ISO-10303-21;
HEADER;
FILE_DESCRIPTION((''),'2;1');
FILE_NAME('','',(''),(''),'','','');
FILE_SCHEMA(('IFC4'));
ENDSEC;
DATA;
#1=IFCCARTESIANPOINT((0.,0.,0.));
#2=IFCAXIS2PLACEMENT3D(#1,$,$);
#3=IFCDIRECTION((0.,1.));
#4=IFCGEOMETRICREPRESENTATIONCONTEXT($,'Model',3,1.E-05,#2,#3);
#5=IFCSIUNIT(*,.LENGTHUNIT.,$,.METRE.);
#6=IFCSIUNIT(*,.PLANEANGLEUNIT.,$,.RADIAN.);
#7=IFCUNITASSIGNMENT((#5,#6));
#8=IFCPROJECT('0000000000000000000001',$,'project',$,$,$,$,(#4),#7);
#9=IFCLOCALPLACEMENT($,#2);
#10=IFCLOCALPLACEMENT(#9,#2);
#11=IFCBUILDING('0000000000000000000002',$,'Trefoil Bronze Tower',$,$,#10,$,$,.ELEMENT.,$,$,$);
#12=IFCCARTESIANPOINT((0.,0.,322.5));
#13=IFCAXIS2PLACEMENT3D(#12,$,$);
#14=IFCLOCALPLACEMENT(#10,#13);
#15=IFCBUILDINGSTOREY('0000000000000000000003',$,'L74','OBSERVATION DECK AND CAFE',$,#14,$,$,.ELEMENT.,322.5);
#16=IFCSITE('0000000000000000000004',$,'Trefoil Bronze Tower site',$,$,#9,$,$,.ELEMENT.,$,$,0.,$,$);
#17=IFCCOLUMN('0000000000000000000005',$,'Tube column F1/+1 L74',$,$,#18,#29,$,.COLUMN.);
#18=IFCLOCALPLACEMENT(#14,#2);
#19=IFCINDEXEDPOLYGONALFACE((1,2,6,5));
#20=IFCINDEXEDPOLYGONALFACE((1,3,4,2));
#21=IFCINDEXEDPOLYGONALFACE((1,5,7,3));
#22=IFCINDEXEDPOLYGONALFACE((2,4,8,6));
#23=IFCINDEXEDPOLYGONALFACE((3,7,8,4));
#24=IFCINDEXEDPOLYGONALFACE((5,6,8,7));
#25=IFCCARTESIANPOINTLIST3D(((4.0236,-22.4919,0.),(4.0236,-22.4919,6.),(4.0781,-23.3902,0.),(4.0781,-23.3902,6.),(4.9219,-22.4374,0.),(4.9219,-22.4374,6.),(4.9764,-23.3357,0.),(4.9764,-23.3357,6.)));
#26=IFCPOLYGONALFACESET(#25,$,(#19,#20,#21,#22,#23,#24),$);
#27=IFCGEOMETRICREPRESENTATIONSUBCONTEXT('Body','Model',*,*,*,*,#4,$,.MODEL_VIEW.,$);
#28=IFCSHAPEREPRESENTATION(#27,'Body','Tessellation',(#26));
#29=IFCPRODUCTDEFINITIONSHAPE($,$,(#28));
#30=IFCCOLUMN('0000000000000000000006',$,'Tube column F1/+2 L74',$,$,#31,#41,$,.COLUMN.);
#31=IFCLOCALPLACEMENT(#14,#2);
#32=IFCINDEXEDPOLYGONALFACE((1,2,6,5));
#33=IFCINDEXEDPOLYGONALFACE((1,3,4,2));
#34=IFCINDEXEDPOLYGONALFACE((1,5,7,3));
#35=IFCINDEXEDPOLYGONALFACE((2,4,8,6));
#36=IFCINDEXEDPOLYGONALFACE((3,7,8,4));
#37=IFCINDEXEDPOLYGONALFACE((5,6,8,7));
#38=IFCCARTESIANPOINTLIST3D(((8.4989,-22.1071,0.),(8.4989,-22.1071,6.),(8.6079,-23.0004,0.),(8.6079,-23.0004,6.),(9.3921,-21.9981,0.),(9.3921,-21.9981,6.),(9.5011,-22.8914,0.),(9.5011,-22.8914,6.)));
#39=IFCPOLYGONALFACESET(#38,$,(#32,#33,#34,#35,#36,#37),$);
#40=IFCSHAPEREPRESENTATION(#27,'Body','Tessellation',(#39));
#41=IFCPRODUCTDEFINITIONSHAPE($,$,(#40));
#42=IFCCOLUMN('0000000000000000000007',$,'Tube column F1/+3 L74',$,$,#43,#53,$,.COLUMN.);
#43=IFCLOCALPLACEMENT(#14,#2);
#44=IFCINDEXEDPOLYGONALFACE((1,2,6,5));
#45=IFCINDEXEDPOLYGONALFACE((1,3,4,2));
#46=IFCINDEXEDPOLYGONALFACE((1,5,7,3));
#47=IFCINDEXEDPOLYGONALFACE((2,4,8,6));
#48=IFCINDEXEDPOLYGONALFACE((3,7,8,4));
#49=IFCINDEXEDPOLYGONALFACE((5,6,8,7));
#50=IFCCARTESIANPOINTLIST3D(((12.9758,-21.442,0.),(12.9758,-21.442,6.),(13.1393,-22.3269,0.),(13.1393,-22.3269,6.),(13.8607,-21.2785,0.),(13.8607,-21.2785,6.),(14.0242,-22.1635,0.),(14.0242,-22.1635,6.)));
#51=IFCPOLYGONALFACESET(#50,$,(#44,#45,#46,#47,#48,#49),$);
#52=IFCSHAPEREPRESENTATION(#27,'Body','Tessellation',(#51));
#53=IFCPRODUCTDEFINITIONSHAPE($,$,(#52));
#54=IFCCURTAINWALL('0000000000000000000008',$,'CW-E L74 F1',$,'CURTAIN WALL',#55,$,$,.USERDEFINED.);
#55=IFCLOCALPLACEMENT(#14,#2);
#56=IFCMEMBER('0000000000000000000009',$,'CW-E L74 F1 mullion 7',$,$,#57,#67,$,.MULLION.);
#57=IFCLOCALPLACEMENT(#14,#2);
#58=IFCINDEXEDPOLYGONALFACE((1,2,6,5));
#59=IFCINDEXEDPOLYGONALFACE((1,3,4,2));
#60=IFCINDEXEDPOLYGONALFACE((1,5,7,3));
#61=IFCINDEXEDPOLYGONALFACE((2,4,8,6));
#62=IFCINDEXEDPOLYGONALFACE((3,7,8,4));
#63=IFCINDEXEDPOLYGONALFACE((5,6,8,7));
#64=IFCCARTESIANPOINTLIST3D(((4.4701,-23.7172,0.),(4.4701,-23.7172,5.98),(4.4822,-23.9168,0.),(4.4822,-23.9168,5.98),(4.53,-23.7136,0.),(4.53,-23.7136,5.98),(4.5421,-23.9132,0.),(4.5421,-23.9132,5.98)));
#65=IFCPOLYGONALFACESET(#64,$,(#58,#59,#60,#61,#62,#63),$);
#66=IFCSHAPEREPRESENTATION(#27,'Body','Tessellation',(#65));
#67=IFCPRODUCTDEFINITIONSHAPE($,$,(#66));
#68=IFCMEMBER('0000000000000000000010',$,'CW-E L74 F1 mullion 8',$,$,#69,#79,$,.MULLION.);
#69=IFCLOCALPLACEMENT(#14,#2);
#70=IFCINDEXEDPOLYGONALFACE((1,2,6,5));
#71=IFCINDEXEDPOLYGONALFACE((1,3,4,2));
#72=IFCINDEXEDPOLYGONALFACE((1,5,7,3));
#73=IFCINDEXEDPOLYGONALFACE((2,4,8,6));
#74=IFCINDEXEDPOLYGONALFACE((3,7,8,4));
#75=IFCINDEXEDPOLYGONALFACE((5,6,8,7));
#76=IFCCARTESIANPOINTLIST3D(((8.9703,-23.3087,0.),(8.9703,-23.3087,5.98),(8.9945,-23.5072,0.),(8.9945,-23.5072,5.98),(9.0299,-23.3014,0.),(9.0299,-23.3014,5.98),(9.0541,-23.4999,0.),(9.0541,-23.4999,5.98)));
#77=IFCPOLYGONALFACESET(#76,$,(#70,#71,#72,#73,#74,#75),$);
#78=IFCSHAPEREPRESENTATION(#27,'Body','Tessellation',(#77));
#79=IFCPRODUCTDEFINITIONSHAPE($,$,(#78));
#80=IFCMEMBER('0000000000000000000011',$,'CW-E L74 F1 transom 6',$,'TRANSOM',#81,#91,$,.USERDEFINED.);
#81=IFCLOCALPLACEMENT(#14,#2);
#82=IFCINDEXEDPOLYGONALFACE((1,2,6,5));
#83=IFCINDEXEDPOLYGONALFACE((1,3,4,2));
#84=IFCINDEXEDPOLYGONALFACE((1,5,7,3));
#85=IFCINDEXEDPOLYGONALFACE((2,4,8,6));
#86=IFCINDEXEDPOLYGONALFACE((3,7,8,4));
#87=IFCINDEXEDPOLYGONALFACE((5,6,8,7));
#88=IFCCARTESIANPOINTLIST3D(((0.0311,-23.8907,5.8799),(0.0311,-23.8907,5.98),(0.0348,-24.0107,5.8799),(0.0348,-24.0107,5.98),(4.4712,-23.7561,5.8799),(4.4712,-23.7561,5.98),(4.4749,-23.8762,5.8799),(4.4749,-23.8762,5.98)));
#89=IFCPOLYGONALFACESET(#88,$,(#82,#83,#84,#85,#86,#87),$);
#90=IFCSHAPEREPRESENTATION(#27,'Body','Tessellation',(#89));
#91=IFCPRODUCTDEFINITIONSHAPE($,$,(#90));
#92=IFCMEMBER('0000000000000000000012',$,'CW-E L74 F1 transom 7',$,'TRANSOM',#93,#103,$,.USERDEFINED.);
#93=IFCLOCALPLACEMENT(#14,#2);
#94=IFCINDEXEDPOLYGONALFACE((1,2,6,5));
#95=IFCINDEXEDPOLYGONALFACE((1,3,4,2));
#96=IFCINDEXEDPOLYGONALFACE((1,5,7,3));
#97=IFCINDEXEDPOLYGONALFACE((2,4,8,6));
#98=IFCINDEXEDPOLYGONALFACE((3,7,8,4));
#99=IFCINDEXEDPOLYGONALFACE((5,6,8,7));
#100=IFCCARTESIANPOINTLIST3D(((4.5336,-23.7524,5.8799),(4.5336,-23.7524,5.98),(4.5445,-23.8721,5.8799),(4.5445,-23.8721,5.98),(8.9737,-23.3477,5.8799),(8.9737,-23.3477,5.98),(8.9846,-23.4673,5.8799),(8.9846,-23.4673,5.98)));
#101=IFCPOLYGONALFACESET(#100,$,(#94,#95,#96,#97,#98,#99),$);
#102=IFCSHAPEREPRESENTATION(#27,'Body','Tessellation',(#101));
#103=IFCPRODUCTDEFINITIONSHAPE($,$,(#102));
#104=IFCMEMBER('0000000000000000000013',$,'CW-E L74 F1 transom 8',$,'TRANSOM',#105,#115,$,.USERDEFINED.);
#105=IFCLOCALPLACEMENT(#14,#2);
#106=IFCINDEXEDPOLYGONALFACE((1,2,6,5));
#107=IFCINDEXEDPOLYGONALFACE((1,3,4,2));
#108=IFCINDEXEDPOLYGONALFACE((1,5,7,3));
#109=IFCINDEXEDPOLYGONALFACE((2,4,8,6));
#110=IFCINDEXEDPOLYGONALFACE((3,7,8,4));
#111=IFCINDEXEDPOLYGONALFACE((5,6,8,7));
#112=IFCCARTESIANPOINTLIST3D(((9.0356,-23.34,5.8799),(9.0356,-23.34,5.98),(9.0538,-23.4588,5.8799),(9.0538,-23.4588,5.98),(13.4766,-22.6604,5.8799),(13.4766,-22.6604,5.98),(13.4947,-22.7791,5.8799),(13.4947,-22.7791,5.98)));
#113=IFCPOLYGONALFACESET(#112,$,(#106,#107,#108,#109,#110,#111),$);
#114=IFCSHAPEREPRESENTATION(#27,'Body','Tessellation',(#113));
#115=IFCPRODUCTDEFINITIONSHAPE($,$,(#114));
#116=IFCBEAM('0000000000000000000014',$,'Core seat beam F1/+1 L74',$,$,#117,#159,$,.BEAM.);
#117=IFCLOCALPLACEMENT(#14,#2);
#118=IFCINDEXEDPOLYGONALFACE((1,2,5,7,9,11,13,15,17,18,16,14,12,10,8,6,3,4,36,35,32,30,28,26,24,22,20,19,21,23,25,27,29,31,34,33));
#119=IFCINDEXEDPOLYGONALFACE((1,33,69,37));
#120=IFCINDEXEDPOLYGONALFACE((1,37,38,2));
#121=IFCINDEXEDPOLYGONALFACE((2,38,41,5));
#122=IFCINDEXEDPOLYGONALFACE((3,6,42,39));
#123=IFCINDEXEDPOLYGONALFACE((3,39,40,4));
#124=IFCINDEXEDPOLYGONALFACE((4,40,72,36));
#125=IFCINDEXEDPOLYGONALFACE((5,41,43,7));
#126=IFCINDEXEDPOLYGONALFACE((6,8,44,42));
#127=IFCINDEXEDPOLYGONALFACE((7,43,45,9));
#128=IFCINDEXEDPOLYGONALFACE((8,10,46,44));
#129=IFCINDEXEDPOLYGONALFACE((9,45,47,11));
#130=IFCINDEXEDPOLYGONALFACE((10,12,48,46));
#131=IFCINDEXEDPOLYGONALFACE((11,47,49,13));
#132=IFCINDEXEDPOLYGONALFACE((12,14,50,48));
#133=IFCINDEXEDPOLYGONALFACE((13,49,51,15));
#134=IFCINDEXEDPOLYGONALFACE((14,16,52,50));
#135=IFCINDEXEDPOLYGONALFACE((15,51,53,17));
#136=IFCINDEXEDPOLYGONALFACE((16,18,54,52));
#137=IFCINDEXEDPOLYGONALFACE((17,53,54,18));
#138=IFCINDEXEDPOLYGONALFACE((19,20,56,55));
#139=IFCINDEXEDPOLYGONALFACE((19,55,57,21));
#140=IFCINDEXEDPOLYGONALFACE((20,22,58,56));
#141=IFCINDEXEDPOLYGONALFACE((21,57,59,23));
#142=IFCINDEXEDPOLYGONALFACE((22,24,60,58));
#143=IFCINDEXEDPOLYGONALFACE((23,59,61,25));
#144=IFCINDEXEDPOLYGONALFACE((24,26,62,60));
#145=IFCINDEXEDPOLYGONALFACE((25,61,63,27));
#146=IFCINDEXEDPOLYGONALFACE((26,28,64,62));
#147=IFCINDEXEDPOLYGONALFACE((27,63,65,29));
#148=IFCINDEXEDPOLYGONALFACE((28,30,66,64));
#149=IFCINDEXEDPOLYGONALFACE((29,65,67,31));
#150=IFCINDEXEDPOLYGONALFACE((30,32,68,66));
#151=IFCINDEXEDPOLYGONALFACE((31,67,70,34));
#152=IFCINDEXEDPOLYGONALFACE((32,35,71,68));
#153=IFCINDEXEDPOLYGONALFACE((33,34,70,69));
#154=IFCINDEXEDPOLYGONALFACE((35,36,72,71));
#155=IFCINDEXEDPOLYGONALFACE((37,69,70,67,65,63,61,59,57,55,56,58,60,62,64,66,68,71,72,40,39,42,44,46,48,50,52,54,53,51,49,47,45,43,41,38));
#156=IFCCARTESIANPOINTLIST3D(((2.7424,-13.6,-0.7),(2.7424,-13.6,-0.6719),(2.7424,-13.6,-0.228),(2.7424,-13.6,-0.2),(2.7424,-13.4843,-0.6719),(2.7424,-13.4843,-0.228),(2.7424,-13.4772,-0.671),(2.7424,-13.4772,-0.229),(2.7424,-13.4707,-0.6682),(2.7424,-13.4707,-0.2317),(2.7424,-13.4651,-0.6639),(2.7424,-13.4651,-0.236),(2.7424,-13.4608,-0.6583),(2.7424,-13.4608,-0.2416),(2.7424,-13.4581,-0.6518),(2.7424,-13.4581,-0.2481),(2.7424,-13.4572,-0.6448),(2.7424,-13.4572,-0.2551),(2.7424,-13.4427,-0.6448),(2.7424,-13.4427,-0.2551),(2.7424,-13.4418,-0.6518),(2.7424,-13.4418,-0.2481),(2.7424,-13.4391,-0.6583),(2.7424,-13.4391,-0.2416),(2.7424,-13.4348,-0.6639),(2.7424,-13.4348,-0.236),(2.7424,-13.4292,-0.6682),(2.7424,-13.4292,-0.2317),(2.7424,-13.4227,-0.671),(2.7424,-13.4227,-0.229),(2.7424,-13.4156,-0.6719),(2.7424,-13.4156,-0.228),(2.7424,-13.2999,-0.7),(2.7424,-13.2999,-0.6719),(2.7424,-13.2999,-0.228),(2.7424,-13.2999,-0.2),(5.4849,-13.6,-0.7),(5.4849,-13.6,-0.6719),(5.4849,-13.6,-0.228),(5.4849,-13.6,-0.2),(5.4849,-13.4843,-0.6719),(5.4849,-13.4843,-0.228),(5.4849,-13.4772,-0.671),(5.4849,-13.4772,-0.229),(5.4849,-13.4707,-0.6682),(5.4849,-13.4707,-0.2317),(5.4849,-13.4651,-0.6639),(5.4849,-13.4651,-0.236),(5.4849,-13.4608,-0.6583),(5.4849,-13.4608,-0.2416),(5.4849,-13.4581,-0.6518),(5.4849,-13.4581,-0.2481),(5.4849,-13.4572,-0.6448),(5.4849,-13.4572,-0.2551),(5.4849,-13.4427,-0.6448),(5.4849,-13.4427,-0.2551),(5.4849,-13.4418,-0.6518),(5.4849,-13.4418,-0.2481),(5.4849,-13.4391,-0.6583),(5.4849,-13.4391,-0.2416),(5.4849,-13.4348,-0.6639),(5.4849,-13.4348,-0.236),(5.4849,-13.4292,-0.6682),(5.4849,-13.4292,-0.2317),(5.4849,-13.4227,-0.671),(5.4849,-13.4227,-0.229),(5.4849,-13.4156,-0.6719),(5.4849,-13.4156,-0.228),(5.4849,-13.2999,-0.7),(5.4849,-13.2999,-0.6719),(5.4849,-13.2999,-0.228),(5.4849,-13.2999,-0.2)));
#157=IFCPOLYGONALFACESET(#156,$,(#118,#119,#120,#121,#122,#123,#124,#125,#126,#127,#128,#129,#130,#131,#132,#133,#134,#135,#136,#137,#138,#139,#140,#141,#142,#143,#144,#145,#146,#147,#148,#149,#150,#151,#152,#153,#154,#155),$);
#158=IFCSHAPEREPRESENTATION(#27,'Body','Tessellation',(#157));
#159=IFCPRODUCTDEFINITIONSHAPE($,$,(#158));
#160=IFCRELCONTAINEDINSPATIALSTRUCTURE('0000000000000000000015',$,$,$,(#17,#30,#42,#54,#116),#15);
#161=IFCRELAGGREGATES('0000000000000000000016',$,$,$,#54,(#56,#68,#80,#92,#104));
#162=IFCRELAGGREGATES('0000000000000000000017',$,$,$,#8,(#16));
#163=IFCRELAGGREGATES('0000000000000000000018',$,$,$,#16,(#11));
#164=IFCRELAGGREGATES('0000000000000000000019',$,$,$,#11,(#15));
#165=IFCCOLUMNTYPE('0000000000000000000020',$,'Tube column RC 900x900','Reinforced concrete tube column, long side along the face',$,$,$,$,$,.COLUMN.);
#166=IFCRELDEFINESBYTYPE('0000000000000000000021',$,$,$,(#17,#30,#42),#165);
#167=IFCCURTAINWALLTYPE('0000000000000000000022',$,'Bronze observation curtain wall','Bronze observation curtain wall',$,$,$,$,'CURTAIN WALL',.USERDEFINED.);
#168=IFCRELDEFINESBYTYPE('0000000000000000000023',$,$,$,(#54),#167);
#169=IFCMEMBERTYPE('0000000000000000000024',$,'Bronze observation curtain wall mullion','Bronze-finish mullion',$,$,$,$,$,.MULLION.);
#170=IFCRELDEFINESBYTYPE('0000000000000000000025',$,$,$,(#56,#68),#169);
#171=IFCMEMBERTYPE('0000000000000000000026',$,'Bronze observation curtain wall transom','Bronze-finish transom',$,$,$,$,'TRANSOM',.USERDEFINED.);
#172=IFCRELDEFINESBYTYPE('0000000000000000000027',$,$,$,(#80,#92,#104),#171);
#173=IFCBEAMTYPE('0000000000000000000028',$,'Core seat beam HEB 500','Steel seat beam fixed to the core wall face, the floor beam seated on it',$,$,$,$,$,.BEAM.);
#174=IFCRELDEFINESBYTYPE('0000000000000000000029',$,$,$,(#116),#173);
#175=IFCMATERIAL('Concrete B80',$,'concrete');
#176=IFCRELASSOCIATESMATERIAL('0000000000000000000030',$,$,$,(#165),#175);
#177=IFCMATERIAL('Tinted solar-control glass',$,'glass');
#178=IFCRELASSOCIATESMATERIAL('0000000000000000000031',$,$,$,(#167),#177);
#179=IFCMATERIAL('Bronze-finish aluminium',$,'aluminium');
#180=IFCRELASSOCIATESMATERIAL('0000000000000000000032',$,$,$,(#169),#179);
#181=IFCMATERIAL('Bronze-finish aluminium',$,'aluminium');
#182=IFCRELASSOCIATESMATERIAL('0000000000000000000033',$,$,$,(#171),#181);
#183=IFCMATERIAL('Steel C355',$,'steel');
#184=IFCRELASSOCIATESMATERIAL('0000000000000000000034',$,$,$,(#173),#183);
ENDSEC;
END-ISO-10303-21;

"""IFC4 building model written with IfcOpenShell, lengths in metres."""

from ifc_helpers import new_model, si_unit, direction, frame, origin, origin_2d, place, context, subcontext, project, spatial, rectangle, i_section, extrude, material, material_profile, profile_set, type_object, element, aggregate, save


model = new_model("IFC4")

# Units and contexts
model_context = context("Model", 3, precision=1e-05, world=origin(), true_north=direction((0.0, 1.0)))
body_context = subcontext(model_context, "Body", "Model", "MODEL_VIEW")
ifc_project = project(units=[si_unit("LENGTHUNIT", "METRE"), si_unit("PLANEANGLEUNIT", "RADIAN")], contexts=[model_context])

# Site, building, storey
site_placement = place(None, origin())
site = spatial("IfcSite", under=ifc_project, at=site_placement, Name="Trefoil Bronze Tower site", CompositionType="ELEMENT", RefElevation=0.0)
building_placement = place(site_placement, origin())
building = spatial("IfcBuilding", under=site, at=building_placement, Name="Trefoil Bronze Tower", CompositionType="ELEMENT")
storey_placement = place(building_placement, frame((0.0, 0.0, 322.5)))
storey = spatial("IfcBuildingStorey", under=building, at=storey_placement, Name="L74", Description="OBSERVATION DECK AND CAFE", CompositionType="ELEMENT", Elevation=322.5)

# Columns
ifc_material_1 = material(Name="Concrete B80", Category="concrete")
ifc_material_profile_1 = material_profile(ifc_material_1, rectangle(XDim=0.8999, YDim=0.8999, at=origin_2d()), Name="RC 900x900")
ifc_profile_set_1 = profile_set([ifc_material_profile_1], Name="Concrete B80")
column_type = type_object("IfcColumnType", Name="Tube column RC 900x900", Description="Reinforced concrete tube column, long side along the face", PredefinedType="COLUMN", material=ifc_profile_set_1)
for number, where, z_axis, x_axis, name in (
    (1, (4.5, -22.9138, 0.0), (0.0, 0.0, 1.0), (0.998165, 0.060554, 0.0), "Tube column F1/+1 L74"),
    (2, (9.0, -22.4993, 0.0), (0.0, 0.0, 1.0), (0.992639, 0.121109, 0.0), "Tube column F1/+2 L74"),
    (3, (13.5, -21.8027, 0.0), (0.0, 0.0, 1.0), (0.98336, 0.181667, 0.0), "Tube column F1/+3 L74"),
):
    element("IfcColumn", number, at=place(storey_placement, frame(where, z_axis=z_axis, x_axis=x_axis)), inside=storey, type_object=column_type, Name=name, PredefinedType="COLUMN", context=body_context, shape_type="SweptSolid", body=[
        extrude(rectangle(XDim=0.8999, YDim=0.8999, at=origin_2d()), origin(), (0.0, 0.0, 1.0), 6.0),
    ])

# Curtain wall, members
ifc_material_2 = material(Name="Tinted solar-control glass", Category="glass")
curtain_wall_type = type_object("IfcCurtainWallType", Name="Bronze observation curtain wall", Description="Bronze observation curtain wall", ElementType="CURTAIN WALL", PredefinedType="USERDEFINED", material=ifc_material_2)
curtain_wall_placement = place(storey_placement, origin())
curtain_wall = element("IfcCurtainWall", 4, at=curtain_wall_placement, inside=storey, type_object=curtain_wall_type, Name="CW-E L74 F1", ObjectType="CURTAIN WALL", PredefinedType="USERDEFINED")
ifc_material_3 = material(Name="Bronze-finish aluminium", Category="aluminium")
ifc_material_profile_2 = material_profile(ifc_material_3, rectangle(XDim=0.2, YDim=0.0601, at=origin_2d()), Name="CW-E mullion")
ifc_profile_set_2 = profile_set([ifc_material_profile_2], Name="Bronze-finish aluminium")
member_type_1 = type_object("IfcMemberType", Name="Bronze observation curtain wall mullion", Description="Bronze-finish mullion", PredefinedType="MULLION", material=ifc_profile_set_2)
member_1_placement = place(storey_placement, frame((4.5061, -23.8152, 0.0), z_axis=(0.0, 0.0, 1.0), x_axis=(-0.060554, 0.998165, 0.0)))
member_1 = element("IfcMember", 5, at=member_1_placement, type_object=member_type_1, Name="CW-E L74 F1 mullion 7", PredefinedType="MULLION", context=body_context, shape_type="SweptSolid", body=[
    extrude(rectangle(XDim=0.2, YDim=0.0601, at=origin_2d()), origin(), (0.0, 0.0, 1.0), 5.98),
])
member_2_placement = place(storey_placement, frame((9.0122, -23.4043, 0.0), z_axis=(0.0, 0.0, 1.0), x_axis=(-0.121109, 0.992639, 0.0)))
member_2 = element("IfcMember", 6, at=member_2_placement, type_object=member_type_1, Name="CW-E L74 F1 mullion 8", PredefinedType="MULLION", context=body_context, shape_type="SweptSolid", body=[
    extrude(rectangle(XDim=0.2, YDim=0.0601, at=origin_2d()), origin(), (0.0, 0.0, 1.0), 5.98),
])
ifc_material_4 = material(Name="Bronze-finish aluminium", Category="aluminium")
ifc_material_profile_3 = material_profile(ifc_material_4, rectangle(XDim=0.1201, YDim=0.1001, at=origin_2d()), Name="CW-E transom")
ifc_profile_set_3 = profile_set([ifc_material_profile_3], Name="Bronze-finish aluminium")
member_type_2 = type_object("IfcMemberType", Name="Bronze observation curtain wall transom", Description="Bronze-finish transom", ElementType="TRANSOM", PredefinedType="USERDEFINED", material=ifc_profile_set_3)
member_3_placement = place(storey_placement, frame((0.033, -23.9507, 5.9299), z_axis=(0.999541, 0.030282, 0.0), x_axis=(-0.030282, 0.999541, 0.0)))
member_3 = element("IfcMember", 7, at=member_3_placement, type_object=member_type_2, Name="CW-E L74 F1 transom 6", ObjectType="TRANSOM", PredefinedType="USERDEFINED", context=body_context, shape_type="SweptSolid", body=[
    extrude(rectangle(XDim=0.1201, YDim=0.1001, at=origin_2d()), origin(), (0.0, 0.0, 1.0), 4.4421),
])
member_4_placement = place(storey_placement, frame((4.5391, -23.8123, 5.9299), z_axis=(0.99587, 0.090788, 0.0), x_axis=(-0.090788, 0.99587, 0.0)))
member_4 = element("IfcMember", 8, at=member_4_placement, type_object=member_type_2, Name="CW-E L74 F1 transom 7", ObjectType="TRANSOM", PredefinedType="USERDEFINED", context=body_context, shape_type="SweptSolid", body=[
    extrude(rectangle(XDim=0.1201, YDim=0.1001, at=origin_2d()), origin(), (0.0, 0.0, 1.0), 4.4585),
])
member_5_placement = place(storey_placement, frame((9.0447, -23.3994, 5.9299), z_axis=(0.98849, 0.151289, 0.0), x_axis=(-0.151289, 0.98849, 0.0)))
member_5 = element("IfcMember", 9, at=member_5_placement, type_object=member_type_2, Name="CW-E L74 F1 transom 8", ObjectType="TRANSOM", PredefinedType="USERDEFINED", context=body_context, shape_type="SweptSolid", body=[
    extrude(rectangle(XDim=0.1201, YDim=0.1001, at=origin_2d()), origin(), (0.0, 0.0, 1.0), 4.4927),
])

# Beam
ifc_material_5 = material(Name="Steel C355", Category="steel")
ifc_material_profile_4 = material_profile(ifc_material_5, i_section(OverallWidth=0.3, OverallDepth=0.5, WebThickness=0.0144, FlangeThickness=0.0281, FilletRadius=0.0271, at=origin_2d()), Name="HEB 500")
ifc_profile_set_4 = profile_set([ifc_material_profile_4], Name="Steel C355")
beam_type_1 = type_object("IfcBeamType", Name="Core seat beam HEB 500", Description="Steel seat beam fixed to the core wall face, the floor beam seated on it", PredefinedType="BEAM", material=ifc_profile_set_4)
for number, where, z_axis, x_axis, name in (
    (10, (2.7424, -13.45, -0.45), (1.0, 0.0, 0.0), (0.0, 1.0, 0.0), "Core seat beam F1/+1 L74"),
):
    element("IfcBeam", number, at=place(storey_placement, frame(where, z_axis=z_axis, x_axis=x_axis)), inside=storey, type_object=beam_type_1, Name=name, PredefinedType="BEAM", context=body_context, shape_type="SweptSolid", body=[
        extrude(i_section(OverallWidth=0.3, OverallDepth=0.5, WebThickness=0.0144, FlangeThickness=0.0281, FilletRadius=0.0271, at=origin_2d()), origin(), (0.0, 0.0, 1.0), 2.7424),
    ])

aggregate(curtain_wall, [member_1, member_2, member_3, member_4, member_5])

save(model, "model.ifc")
